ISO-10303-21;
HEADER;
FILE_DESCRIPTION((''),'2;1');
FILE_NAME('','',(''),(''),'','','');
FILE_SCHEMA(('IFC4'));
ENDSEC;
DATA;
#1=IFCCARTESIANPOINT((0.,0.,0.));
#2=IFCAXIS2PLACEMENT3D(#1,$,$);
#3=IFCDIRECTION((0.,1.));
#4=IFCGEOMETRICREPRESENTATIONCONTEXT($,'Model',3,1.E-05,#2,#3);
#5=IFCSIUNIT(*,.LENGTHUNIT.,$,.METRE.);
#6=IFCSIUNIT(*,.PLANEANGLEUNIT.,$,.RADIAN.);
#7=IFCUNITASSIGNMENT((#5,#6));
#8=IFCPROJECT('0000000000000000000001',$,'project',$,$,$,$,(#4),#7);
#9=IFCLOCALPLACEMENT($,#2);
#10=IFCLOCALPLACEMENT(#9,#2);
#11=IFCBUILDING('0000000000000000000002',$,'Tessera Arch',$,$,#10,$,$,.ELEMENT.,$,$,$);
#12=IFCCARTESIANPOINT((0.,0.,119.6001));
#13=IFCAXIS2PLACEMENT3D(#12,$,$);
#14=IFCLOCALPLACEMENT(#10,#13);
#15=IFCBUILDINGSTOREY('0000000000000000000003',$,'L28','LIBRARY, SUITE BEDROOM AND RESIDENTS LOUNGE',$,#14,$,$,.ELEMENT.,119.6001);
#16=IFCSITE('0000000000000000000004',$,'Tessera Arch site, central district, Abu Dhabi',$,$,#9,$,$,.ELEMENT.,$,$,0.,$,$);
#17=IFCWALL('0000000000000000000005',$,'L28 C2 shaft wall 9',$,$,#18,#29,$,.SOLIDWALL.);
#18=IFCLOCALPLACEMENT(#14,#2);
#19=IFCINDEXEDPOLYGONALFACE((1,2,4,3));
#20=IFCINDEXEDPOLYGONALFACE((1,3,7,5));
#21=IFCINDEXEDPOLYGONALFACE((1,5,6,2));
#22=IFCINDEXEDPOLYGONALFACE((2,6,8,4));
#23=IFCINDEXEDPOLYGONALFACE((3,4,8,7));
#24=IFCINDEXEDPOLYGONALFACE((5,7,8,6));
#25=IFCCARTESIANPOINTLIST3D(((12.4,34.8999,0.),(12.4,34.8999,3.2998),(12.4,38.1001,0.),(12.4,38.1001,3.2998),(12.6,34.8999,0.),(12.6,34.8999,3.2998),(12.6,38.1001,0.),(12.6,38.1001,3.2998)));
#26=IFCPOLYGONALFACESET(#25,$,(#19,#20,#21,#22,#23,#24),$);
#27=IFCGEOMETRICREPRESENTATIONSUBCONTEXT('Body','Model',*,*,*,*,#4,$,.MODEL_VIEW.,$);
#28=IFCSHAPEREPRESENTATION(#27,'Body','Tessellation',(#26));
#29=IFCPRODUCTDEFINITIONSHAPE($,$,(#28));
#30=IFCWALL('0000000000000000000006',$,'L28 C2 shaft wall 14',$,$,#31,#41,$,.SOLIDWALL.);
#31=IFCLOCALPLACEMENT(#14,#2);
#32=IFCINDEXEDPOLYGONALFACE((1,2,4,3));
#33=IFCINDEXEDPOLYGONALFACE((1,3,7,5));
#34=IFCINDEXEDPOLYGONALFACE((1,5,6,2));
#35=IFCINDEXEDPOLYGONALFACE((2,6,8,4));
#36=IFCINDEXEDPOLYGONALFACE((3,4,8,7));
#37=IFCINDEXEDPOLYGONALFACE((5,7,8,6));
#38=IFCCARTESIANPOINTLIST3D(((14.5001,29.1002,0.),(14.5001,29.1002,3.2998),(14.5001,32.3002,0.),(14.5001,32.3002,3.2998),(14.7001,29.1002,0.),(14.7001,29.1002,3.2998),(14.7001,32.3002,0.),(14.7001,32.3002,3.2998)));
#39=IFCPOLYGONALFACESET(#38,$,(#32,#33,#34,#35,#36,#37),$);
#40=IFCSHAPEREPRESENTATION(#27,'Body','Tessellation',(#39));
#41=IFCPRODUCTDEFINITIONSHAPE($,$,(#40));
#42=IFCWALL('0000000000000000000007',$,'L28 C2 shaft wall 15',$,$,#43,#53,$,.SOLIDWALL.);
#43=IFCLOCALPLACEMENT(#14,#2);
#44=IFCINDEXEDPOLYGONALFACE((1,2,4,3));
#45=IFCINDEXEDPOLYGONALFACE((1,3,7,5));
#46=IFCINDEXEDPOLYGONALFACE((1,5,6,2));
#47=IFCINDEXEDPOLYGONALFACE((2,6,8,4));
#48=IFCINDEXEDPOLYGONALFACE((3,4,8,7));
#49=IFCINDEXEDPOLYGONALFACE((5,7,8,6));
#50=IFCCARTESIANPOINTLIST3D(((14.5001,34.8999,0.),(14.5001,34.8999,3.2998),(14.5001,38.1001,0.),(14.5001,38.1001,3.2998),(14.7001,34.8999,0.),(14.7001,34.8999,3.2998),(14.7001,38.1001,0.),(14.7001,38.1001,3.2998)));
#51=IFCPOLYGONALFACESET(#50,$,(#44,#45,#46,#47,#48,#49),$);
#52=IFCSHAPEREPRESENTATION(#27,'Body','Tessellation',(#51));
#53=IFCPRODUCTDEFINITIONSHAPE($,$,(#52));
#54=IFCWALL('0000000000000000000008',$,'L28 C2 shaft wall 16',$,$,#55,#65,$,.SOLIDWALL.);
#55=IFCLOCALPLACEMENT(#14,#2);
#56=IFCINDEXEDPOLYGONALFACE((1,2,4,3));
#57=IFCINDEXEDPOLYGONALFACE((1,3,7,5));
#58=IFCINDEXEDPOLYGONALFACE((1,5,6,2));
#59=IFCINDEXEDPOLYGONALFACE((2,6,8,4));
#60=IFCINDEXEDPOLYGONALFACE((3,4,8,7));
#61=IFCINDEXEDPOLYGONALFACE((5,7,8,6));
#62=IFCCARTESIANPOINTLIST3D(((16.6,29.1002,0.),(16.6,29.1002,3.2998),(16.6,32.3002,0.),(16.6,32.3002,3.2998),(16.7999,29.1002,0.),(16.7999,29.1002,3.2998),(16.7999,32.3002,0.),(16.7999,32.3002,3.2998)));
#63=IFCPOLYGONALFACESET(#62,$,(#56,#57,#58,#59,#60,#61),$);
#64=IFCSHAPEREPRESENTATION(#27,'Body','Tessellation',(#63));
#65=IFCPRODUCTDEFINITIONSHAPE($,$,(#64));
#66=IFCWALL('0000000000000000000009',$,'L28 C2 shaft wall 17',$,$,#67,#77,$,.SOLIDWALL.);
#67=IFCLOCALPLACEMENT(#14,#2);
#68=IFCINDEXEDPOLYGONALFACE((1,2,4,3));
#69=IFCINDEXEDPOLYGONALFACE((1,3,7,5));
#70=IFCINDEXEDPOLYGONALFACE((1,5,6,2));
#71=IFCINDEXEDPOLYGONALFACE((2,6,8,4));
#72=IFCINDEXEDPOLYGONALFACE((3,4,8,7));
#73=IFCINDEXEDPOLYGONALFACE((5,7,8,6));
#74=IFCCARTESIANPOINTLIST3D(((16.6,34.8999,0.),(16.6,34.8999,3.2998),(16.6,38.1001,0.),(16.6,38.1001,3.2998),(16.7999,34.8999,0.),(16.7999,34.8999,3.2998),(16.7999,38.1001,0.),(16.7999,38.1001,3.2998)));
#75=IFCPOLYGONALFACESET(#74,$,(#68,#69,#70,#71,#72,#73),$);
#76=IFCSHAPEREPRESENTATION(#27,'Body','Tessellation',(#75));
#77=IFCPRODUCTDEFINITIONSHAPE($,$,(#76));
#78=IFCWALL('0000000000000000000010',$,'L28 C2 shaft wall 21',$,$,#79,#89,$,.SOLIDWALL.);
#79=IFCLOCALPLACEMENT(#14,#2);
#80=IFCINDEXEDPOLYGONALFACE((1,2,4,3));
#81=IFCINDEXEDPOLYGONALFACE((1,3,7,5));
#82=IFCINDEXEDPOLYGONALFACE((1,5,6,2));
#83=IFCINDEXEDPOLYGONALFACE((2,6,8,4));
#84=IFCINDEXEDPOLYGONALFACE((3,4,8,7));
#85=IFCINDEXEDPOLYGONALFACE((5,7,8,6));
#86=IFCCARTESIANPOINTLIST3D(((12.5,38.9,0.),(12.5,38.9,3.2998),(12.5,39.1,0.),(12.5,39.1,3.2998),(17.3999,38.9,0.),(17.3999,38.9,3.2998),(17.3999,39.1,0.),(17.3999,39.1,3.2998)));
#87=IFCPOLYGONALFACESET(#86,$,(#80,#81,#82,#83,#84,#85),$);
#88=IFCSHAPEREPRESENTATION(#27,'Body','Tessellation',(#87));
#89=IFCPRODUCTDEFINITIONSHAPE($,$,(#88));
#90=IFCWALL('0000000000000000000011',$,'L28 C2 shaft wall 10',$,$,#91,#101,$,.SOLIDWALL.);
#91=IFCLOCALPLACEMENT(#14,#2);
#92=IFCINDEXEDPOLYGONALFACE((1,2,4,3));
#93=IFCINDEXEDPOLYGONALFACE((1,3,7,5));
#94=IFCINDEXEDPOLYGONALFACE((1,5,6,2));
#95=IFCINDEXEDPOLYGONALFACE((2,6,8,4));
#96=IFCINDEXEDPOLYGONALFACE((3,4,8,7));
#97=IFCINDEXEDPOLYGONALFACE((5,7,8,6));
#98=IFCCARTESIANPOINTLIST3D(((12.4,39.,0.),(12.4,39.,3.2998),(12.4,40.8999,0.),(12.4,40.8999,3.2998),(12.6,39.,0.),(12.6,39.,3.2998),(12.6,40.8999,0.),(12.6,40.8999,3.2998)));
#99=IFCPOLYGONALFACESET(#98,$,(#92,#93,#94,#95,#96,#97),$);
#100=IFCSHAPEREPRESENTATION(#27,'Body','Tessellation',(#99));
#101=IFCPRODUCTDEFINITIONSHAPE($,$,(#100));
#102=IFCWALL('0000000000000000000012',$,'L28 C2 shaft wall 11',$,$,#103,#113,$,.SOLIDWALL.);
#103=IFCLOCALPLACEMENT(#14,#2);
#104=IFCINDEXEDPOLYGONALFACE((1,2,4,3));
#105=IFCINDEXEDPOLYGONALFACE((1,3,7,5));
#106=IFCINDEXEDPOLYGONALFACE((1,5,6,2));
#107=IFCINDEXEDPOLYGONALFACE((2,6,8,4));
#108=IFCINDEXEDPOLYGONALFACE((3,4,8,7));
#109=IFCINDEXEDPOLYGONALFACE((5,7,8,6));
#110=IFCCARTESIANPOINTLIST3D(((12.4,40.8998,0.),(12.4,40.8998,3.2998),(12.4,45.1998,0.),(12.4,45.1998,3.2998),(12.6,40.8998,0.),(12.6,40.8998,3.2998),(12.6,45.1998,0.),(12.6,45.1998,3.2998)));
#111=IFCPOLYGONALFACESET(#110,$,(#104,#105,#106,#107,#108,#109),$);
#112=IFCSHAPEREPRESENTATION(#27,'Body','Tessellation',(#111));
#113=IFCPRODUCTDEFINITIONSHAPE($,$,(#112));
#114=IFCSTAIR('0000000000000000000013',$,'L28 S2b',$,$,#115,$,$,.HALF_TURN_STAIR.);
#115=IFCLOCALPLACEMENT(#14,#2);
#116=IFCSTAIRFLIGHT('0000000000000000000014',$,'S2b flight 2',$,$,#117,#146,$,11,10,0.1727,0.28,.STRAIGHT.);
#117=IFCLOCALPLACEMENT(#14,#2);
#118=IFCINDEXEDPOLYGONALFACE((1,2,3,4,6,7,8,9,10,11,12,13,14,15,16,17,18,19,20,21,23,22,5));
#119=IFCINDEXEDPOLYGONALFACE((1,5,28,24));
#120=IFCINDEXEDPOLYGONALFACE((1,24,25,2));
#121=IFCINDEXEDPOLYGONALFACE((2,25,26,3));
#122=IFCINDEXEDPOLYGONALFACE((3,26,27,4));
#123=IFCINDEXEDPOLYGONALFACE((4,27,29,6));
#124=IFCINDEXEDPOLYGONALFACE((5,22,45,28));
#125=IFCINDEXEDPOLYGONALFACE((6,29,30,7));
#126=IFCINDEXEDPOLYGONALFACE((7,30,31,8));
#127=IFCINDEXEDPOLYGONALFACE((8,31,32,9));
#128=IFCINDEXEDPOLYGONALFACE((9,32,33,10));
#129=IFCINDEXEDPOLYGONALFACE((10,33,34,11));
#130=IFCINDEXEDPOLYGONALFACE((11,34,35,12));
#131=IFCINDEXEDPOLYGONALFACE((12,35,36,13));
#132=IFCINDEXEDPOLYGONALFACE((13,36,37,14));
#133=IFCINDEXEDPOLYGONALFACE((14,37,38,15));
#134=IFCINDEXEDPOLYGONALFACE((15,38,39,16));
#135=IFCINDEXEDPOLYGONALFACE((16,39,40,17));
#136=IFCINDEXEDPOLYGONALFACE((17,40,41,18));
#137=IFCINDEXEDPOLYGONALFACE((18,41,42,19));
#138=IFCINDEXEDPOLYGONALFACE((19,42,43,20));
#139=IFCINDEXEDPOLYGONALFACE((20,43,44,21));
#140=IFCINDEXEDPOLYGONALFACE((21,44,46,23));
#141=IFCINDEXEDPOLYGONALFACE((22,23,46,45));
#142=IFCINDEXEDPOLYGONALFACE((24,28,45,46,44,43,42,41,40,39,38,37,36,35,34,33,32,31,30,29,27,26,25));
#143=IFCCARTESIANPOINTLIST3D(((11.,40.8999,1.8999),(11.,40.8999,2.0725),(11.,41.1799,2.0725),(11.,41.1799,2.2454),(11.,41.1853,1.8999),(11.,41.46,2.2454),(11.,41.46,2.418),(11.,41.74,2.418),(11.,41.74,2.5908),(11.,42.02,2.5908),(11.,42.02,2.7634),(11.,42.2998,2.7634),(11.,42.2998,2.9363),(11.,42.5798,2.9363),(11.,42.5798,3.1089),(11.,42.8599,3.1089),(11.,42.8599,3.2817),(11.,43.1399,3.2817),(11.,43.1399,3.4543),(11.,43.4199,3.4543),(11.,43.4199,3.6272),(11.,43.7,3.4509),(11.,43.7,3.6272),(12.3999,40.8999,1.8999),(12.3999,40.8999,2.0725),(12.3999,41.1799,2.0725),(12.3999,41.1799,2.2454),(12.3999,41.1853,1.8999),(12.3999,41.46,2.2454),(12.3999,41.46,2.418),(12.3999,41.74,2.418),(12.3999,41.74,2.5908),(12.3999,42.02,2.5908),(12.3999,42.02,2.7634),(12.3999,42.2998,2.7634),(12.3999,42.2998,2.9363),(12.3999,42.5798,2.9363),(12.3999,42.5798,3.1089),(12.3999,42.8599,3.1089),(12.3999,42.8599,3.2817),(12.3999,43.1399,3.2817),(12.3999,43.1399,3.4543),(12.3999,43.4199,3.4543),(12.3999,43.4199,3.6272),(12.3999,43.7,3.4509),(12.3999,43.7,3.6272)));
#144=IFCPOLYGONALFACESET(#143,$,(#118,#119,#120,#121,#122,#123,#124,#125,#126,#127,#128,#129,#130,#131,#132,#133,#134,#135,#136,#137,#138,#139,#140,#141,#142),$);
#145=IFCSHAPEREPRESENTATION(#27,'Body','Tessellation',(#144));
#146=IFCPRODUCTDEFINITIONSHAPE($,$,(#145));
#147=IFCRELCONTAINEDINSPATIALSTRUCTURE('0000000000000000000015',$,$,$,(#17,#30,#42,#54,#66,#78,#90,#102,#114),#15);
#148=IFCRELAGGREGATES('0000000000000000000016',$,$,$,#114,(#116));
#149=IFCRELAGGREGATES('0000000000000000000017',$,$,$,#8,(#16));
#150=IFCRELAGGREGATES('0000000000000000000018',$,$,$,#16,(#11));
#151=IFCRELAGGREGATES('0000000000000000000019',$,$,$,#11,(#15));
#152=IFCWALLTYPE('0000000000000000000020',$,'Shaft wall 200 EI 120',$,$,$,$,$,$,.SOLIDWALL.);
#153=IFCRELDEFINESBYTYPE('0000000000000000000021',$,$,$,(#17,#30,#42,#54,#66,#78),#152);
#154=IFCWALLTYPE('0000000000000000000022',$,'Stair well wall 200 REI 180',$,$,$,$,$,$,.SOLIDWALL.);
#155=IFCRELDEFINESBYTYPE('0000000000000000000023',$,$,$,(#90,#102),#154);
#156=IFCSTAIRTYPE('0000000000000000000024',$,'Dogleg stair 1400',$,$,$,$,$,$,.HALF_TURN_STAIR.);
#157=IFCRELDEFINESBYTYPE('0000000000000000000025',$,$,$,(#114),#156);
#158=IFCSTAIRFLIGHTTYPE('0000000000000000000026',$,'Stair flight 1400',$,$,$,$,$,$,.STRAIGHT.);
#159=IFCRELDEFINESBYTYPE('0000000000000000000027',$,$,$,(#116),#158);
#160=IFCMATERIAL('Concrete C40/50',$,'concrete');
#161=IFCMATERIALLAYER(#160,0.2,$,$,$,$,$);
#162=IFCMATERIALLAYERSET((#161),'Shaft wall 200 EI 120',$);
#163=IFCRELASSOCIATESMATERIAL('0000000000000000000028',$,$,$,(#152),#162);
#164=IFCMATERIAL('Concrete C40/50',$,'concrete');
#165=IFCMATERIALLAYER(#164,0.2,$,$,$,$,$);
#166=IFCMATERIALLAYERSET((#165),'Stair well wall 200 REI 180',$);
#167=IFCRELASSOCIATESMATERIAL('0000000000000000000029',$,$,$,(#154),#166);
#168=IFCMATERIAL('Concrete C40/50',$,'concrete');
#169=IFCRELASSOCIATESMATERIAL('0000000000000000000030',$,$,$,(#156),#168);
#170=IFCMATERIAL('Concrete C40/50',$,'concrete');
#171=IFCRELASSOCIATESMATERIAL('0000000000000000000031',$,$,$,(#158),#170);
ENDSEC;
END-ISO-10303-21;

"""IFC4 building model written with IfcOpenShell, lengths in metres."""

from ifc_helpers import new_model, si_unit, direction, frame, frame_2d, origin, place, context, subcontext, project, spatial, polyline, rectangle, outline, extrude, material, layer, layer_set, type_object, element, aggregate, save


model = new_model("IFC4")

# Units and contexts
model_context = context("Model", 3, precision=1e-05, world=origin(), true_north=direction((0.0, 1.0)))
body_context = subcontext(model_context, "Body", "Model", "MODEL_VIEW")
ifc_project = project(units=[si_unit("LENGTHUNIT", "METRE"), si_unit("PLANEANGLEUNIT", "RADIAN")], contexts=[model_context])

# Site, building, storey
site_placement = place(None, origin())
site = spatial("IfcSite", under=ifc_project, at=site_placement, Name="Tessera Arch site, central district, Abu Dhabi", CompositionType="ELEMENT", RefElevation=0.0)
building_placement = place(site_placement, origin())
building = spatial("IfcBuilding", under=site, at=building_placement, Name="Tessera Arch", CompositionType="ELEMENT")
storey_placement = place(building_placement, frame((0.0, 0.0, 119.6001)))
storey = spatial("IfcBuildingStorey", under=building, at=storey_placement, Name="L28", Description="LIBRARY, SUITE BEDROOM AND RESIDENTS LOUNGE", CompositionType="ELEMENT", Elevation=119.6001)

# Walls
ifc_material_1 = material(Name="Concrete C40/50", Category="concrete")
ifc_layer_1 = layer(ifc_material_1, 0.2)
ifc_layer_set_1 = layer_set([ifc_layer_1], Name="Shaft wall 200 EI 120")
wall_type_1 = type_object("IfcWallType", Name="Shaft wall 200 EI 120", PredefinedType="SOLIDWALL", material=ifc_layer_set_1)
wall_1_placement = place(storey_placement, frame((12.5, 34.8999, 0.0), z_axis=(0.0, 0.0, 1.0), x_axis=(0.0, 1.0, 0.0)))
element("IfcWall", 1, at=wall_1_placement, inside=storey, type_object=wall_type_1, Name="L28 C2 shaft wall 9", PredefinedType="SOLIDWALL", context=body_context, shape_type="SweptSolid", body=[
    extrude(rectangle(XDim=3.2002, YDim=0.2, at=frame_2d((1.6001, 0.0))), origin(), (0.0, 0.0, 1.0), 3.2998),
])
wall_2_placement = place(storey_placement, frame((14.6001, 29.1001, 0.0), z_axis=(0.0, 0.0, 1.0), x_axis=(0.0, 1.0, 0.0)))
element("IfcWall", 2, at=wall_2_placement, inside=storey, type_object=wall_type_1, Name="L28 C2 shaft wall 14", PredefinedType="SOLIDWALL", context=body_context, shape_type="SweptSolid", body=[
    extrude(rectangle(XDim=3.2, YDim=0.2, at=frame_2d((1.6001, 0.0))), origin(), (0.0, 0.0, 1.0), 3.2998),
])
wall_3_placement = place(storey_placement, frame((14.6001, 34.8999, 0.0), z_axis=(0.0, 0.0, 1.0), x_axis=(0.0, 1.0, 0.0)))
element("IfcWall", 3, at=wall_3_placement, inside=storey, type_object=wall_type_1, Name="L28 C2 shaft wall 15", PredefinedType="SOLIDWALL", context=body_context, shape_type="SweptSolid", body=[
    extrude(rectangle(XDim=3.2002, YDim=0.2, at=frame_2d((1.6001, 0.0))), origin(), (0.0, 0.0, 1.0), 3.2998),
])
wall_4_placement = place(storey_placement, frame((16.7, 29.1001, 0.0), z_axis=(0.0, 0.0, 1.0), x_axis=(0.0, 1.0, 0.0)))
element("IfcWall", 4, at=wall_4_placement, inside=storey, type_object=wall_type_1, Name="L28 C2 shaft wall 16", PredefinedType="SOLIDWALL", context=body_context, shape_type="SweptSolid", body=[
    extrude(rectangle(XDim=3.2, YDim=0.2, at=frame_2d((1.6001, 0.0))), origin(), (0.0, 0.0, 1.0), 3.2998),
])
wall_5_placement = place(storey_placement, frame((16.7, 34.8999, 0.0), z_axis=(0.0, 0.0, 1.0), x_axis=(0.0, 1.0, 0.0)))
element("IfcWall", 5, at=wall_5_placement, inside=storey, type_object=wall_type_1, Name="L28 C2 shaft wall 17", PredefinedType="SOLIDWALL", context=body_context, shape_type="SweptSolid", body=[
    extrude(rectangle(XDim=3.2002, YDim=0.2, at=frame_2d((1.6001, 0.0))), origin(), (0.0, 0.0, 1.0), 3.2998),
])
wall_6_placement = place(storey_placement, frame((12.5, 39.0, 0.0), z_axis=(0.0, 0.0, 1.0), x_axis=(1.0, 0.0, 0.0)))
element("IfcWall", 6, at=wall_6_placement, inside=storey, type_object=wall_type_1, Name="L28 C2 shaft wall 21", PredefinedType="SOLIDWALL", context=body_context, shape_type="SweptSolid", body=[
    extrude(rectangle(XDim=4.8999, YDim=0.2, at=frame_2d((2.45, 0.0))), origin(), (0.0, 0.0, 1.0), 3.2998),
])
ifc_material_2 = material(Name="Concrete C40/50", Category="concrete")
ifc_layer_2 = layer(ifc_material_2, 0.2)
ifc_layer_set_2 = layer_set([ifc_layer_2], Name="Stair well wall 200 REI 180")
wall_type_2 = type_object("IfcWallType", Name="Stair well wall 200 REI 180", PredefinedType="SOLIDWALL", material=ifc_layer_set_2)
wall_7_placement = place(storey_placement, frame((12.5, 39.0, 0.0), z_axis=(0.0, 0.0, 1.0), x_axis=(0.0, 1.0, 0.0)))
element("IfcWall", 7, at=wall_7_placement, inside=storey, type_object=wall_type_2, Name="L28 C2 shaft wall 10", PredefinedType="SOLIDWALL", context=body_context, shape_type="SweptSolid", body=[
    extrude(rectangle(XDim=1.8999, YDim=0.2, at=frame_2d((0.95, 0.0))), origin(), (0.0, 0.0, 1.0), 3.2998),
])
wall_8_placement = place(storey_placement, frame((12.5, 40.8999, 0.0), z_axis=(0.0, 0.0, 1.0), x_axis=(0.0, 1.0, 0.0)))
element("IfcWall", 8, at=wall_8_placement, inside=storey, type_object=wall_type_2, Name="L28 C2 shaft wall 11", PredefinedType="SOLIDWALL", context=body_context, shape_type="SweptSolid", body=[
    extrude(rectangle(XDim=4.3, YDim=0.2, at=frame_2d((2.1499, 0.0))), origin(), (0.0, 0.0, 1.0), 3.2998),
])

# Stair, stair flight
ifc_material_3 = material(Name="Concrete C40/50", Category="concrete")
stair_type = type_object("IfcStairType", Name="Dogleg stair 1400", PredefinedType="HALF_TURN_STAIR", material=ifc_material_3)
stair_placement = place(storey_placement, origin())
stair = element("IfcStair", 9, at=stair_placement, inside=storey, type_object=stair_type, Name="L28 S2b", PredefinedType="HALF_TURN_STAIR")
ifc_material_4 = material(Name="Concrete C40/50", Category="concrete")
stair_flight_type = type_object("IfcStairFlightType", Name="Stair flight 1400", PredefinedType="STRAIGHT", material=ifc_material_4)
stair_flight_placement = place(storey_placement, frame((11.7, 40.8999, 1.8999), z_axis=(0.0, 0.0, 1.0), x_axis=(0.0, 1.0, 0.0)))
stair_flight = element("IfcStairFlight", 10, at=stair_flight_placement, type_object=stair_flight_type, Name="S2b flight 2", NumberOfRisers=11, NumberOfTreads=10, PredefinedType="STRAIGHT", RiserHeight=0.1727, TreadLength=0.28, context=body_context, shape_type="SweptSolid", body=[
    extrude(outline(polyline([(0.0, 0.0), (0.0, 0.1726), (0.28, 0.1726), (0.28, 0.3455), (0.5601, 0.3455), (0.5601, 0.5181), (0.8401, 0.5181), (0.8401, 0.6909), (1.1201, 0.6909), (1.1201, 0.8635), (1.3999, 0.8635), (1.3999, 1.0364), (1.6799, 1.0364), (1.6799, 1.209), (1.96, 1.209), (1.96, 1.3818), (2.24, 1.3818), (2.24, 1.5544), (2.52, 1.5544), (2.52, 1.7273), (2.8, 1.7273), (2.8, 1.8999), (2.8, 1.551), (0.2854, 0.0), (0.0, 0.0)])), frame((0.0, 0.7, 0.0), z_axis=(0.0, -1.0, 0.0), x_axis=(1.0, 0.0, 0.0)), (0.0, 0.0, 1.0), 1.3999),
])
aggregate(stair, [stair_flight])

save(model, "model.ifc")
